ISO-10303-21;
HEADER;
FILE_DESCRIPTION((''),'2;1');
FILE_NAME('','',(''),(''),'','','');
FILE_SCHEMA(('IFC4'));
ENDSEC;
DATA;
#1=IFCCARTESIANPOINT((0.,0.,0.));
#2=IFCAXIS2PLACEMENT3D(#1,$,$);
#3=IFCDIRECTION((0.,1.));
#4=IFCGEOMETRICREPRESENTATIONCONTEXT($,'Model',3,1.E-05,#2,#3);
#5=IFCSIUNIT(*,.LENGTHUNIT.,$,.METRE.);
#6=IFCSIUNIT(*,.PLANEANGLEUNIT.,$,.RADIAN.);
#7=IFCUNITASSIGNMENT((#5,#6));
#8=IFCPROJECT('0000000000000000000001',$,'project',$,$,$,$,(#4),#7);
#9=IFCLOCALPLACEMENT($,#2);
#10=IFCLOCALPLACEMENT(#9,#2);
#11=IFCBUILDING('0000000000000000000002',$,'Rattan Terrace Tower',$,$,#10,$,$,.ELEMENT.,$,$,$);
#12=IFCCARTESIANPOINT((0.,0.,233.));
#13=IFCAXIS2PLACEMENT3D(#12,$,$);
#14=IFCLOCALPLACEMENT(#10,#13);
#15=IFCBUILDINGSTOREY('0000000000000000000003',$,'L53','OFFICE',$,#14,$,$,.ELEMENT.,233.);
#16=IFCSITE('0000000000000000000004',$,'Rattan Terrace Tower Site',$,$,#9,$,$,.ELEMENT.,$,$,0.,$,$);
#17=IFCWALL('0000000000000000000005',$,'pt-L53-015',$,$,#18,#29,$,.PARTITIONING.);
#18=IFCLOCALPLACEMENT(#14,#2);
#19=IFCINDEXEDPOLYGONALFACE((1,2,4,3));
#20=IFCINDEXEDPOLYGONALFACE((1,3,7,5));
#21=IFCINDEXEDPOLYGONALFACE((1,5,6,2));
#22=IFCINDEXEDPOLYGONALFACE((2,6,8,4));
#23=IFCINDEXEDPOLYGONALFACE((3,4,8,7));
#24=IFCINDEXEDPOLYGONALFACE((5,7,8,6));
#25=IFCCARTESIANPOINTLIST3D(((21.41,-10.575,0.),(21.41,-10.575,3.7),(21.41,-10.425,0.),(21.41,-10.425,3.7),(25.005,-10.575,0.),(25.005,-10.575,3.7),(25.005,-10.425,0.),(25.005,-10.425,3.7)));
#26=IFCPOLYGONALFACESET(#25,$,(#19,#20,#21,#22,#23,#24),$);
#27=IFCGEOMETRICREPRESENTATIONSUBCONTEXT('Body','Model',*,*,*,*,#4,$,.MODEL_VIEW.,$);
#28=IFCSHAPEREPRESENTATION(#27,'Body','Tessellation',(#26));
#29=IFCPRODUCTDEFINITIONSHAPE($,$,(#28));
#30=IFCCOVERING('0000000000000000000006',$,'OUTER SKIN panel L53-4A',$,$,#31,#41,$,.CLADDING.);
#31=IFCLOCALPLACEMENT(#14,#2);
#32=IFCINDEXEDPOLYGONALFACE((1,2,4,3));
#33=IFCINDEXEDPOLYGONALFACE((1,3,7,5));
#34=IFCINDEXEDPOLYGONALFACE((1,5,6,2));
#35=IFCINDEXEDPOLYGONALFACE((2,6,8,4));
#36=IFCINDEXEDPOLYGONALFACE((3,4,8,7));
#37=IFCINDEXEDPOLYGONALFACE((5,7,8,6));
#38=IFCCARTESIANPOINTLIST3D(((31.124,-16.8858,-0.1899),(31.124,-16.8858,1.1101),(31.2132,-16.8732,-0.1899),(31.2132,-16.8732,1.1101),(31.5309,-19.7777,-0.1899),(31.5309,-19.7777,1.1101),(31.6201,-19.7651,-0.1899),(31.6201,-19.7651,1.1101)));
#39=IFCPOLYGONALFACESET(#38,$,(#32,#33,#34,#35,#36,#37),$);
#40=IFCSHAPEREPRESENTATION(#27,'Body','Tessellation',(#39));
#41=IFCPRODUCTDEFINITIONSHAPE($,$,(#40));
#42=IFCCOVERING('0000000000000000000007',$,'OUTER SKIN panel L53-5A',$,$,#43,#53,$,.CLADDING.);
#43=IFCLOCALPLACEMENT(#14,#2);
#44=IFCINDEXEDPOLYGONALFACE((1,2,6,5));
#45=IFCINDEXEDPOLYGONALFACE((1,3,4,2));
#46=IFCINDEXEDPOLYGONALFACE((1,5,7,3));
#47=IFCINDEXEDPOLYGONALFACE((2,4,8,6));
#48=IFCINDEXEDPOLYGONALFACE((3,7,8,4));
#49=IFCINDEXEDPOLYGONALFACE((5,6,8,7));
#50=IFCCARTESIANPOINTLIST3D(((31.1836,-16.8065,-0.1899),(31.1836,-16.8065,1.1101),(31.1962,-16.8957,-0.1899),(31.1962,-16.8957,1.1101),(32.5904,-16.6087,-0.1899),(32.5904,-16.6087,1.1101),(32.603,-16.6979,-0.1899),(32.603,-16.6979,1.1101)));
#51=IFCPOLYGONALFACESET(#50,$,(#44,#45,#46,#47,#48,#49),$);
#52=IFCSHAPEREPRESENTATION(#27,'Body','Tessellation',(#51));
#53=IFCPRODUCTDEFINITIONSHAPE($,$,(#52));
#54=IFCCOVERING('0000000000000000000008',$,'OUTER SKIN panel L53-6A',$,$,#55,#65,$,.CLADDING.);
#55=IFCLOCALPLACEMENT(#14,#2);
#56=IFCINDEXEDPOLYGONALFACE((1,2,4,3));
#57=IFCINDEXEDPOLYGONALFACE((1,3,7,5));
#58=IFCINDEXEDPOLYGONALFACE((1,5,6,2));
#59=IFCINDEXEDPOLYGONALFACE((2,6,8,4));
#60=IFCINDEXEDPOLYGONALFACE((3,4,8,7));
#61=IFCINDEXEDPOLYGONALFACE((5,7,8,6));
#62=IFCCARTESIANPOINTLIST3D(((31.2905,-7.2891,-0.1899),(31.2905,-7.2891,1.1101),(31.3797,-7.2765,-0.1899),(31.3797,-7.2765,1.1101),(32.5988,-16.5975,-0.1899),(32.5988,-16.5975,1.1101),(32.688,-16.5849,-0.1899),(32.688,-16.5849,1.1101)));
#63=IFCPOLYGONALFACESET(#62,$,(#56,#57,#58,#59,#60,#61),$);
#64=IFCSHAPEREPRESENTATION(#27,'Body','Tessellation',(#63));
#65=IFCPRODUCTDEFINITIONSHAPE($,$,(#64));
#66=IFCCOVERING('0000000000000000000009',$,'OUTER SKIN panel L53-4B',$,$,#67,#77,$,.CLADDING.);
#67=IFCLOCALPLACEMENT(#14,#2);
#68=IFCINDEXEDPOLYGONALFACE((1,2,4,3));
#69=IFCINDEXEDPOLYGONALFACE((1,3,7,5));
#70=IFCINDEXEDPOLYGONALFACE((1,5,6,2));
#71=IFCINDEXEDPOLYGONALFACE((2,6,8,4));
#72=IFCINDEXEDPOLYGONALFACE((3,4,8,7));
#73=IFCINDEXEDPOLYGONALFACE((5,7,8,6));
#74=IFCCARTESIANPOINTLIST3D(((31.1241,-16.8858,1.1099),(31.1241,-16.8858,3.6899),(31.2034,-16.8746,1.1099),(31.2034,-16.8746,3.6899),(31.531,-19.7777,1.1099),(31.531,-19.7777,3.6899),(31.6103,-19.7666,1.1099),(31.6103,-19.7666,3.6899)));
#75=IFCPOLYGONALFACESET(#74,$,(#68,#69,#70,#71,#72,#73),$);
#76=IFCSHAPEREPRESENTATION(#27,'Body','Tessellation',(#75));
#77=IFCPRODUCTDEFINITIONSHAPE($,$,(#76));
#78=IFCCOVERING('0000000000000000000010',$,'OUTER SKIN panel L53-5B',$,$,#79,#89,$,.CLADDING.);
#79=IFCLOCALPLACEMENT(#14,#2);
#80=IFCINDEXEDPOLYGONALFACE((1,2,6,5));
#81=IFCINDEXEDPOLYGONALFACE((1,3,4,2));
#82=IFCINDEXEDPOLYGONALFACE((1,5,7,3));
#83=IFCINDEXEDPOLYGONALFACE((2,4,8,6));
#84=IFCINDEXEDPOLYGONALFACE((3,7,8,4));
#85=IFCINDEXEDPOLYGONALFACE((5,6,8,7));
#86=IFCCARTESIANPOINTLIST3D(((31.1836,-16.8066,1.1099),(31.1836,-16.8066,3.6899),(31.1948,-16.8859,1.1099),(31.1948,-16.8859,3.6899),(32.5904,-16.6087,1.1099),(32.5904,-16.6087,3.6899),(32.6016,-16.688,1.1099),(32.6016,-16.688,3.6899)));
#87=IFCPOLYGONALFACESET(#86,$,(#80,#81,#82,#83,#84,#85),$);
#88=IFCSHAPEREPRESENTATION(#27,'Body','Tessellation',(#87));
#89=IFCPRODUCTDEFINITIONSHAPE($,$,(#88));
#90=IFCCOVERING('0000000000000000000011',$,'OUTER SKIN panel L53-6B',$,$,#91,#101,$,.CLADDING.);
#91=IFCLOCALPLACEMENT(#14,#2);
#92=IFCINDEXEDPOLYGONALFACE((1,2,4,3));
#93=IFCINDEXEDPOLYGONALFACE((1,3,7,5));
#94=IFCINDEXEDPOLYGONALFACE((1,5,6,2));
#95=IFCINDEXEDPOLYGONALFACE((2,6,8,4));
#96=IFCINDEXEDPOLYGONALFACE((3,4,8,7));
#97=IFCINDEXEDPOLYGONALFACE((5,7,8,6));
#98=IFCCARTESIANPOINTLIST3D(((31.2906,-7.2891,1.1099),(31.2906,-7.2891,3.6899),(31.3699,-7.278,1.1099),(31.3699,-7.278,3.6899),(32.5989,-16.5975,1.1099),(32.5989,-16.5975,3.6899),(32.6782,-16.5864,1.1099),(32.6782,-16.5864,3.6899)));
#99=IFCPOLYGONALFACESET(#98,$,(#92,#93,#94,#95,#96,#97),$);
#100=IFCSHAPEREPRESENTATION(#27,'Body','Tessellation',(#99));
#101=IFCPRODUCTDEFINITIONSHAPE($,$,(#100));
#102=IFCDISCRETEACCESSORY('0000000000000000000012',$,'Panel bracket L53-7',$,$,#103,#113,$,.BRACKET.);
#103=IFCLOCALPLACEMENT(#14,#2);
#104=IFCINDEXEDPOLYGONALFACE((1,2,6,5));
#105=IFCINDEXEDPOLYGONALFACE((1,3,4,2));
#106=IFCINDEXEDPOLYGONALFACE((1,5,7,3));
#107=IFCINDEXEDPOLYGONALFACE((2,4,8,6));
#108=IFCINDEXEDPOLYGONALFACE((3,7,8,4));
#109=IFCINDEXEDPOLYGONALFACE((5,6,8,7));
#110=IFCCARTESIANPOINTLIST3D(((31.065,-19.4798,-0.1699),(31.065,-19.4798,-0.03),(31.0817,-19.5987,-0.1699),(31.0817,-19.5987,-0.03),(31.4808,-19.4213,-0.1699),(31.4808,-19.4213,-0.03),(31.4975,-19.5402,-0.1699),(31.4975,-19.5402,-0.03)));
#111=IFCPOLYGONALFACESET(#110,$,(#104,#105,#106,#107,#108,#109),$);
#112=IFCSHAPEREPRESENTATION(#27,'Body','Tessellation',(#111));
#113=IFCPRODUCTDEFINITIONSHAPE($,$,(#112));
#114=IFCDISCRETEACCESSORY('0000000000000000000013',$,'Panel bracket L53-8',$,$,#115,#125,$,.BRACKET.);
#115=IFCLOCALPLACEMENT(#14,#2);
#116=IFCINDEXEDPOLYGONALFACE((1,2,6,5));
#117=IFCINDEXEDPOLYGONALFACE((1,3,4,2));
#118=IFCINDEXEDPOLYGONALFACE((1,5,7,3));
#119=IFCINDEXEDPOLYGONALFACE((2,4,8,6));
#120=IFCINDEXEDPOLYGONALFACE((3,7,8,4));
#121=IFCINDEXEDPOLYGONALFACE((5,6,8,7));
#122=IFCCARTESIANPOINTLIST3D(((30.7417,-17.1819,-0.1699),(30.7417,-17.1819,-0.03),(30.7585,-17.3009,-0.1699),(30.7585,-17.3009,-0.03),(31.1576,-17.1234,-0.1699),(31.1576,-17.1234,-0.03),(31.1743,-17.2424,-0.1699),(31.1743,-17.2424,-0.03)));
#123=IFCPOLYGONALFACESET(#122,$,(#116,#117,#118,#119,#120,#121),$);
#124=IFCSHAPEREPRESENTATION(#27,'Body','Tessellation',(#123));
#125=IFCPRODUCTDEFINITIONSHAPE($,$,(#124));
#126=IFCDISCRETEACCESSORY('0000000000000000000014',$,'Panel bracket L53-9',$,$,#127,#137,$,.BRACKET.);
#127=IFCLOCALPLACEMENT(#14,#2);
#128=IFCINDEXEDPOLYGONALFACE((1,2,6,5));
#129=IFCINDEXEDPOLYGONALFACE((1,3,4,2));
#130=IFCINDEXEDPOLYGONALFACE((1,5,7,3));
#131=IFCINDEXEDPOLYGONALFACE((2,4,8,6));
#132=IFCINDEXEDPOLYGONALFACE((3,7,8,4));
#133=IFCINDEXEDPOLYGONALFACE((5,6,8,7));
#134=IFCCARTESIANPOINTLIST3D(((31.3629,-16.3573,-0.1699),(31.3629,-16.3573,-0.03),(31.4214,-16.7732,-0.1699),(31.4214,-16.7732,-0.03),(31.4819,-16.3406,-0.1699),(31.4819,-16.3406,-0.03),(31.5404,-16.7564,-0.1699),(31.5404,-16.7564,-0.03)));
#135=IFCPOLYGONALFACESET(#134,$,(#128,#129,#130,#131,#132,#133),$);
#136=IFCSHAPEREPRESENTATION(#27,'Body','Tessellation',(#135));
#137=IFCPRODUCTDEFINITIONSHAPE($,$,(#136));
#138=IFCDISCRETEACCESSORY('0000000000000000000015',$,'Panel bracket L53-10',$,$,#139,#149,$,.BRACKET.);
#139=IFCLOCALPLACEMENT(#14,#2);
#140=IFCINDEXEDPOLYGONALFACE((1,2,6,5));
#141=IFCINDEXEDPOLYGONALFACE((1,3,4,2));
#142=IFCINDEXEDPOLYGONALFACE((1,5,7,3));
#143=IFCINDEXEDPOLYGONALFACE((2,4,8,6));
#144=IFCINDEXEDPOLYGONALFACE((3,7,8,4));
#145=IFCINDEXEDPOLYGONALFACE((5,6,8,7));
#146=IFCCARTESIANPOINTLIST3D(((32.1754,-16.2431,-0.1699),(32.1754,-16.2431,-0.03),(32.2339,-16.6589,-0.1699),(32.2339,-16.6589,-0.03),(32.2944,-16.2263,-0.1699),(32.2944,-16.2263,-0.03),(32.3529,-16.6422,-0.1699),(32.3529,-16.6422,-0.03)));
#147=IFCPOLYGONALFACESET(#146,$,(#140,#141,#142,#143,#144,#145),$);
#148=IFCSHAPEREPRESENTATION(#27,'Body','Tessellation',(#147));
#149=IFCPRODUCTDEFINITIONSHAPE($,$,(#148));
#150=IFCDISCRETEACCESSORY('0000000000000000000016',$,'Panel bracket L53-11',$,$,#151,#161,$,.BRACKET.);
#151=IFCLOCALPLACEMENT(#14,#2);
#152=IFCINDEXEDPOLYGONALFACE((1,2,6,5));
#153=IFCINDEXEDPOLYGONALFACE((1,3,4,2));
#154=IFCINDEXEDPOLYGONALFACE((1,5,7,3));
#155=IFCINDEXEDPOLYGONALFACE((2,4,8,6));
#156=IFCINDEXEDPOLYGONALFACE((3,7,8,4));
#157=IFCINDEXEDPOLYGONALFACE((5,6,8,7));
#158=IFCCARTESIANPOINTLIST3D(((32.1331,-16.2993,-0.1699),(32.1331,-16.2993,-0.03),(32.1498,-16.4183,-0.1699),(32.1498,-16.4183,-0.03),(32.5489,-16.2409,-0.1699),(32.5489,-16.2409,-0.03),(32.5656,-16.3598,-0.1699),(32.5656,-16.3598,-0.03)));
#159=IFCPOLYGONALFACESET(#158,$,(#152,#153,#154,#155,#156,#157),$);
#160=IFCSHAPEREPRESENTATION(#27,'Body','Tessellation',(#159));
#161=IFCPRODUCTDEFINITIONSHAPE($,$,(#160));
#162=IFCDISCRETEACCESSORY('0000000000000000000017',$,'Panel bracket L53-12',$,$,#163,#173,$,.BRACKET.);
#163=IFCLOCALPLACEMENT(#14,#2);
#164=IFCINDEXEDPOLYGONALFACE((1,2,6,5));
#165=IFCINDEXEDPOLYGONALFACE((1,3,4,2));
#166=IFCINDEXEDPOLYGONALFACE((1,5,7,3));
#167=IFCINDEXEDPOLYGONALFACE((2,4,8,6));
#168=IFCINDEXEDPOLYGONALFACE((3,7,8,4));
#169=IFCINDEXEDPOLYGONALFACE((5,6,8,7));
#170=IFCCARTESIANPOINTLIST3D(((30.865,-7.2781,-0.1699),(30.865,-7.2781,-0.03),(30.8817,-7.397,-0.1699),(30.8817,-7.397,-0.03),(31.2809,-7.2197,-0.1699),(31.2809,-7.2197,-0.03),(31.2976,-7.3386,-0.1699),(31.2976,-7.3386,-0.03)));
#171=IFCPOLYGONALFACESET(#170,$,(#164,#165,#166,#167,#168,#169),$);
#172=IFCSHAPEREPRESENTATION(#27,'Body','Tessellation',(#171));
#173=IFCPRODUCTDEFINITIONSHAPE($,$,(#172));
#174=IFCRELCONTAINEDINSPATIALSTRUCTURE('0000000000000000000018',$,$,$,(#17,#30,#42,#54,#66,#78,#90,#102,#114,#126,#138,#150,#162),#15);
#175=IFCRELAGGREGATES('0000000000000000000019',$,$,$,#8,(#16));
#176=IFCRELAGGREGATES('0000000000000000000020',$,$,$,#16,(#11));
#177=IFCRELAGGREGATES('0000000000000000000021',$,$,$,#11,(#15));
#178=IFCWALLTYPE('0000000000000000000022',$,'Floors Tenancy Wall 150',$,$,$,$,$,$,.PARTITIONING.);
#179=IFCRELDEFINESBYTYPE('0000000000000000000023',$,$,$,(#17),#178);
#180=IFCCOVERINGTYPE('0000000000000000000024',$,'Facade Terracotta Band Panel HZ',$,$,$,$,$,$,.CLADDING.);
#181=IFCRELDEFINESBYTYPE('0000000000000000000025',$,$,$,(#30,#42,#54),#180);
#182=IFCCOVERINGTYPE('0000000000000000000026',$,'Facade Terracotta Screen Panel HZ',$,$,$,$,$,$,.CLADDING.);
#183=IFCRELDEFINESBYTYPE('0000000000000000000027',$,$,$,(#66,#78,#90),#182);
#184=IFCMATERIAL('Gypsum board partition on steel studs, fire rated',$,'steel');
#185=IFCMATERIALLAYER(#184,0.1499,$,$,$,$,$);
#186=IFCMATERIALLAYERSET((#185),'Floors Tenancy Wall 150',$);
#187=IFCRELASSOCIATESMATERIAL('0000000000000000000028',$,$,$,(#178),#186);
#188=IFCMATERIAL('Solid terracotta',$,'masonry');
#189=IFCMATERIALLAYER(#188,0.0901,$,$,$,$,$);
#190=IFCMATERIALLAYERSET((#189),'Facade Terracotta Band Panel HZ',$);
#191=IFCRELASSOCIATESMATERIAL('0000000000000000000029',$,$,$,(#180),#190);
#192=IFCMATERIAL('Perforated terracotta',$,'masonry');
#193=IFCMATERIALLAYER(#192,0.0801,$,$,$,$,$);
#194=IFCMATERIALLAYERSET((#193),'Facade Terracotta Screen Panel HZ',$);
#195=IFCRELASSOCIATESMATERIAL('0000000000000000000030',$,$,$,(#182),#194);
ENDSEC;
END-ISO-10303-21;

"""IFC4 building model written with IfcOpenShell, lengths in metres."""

from ifc_helpers import new_model, si_unit, direction, frame, frame_2d, origin, origin_2d, place, context, subcontext, project, spatial, rectangle, extrude, material, layer, layer_set, type_object, element, save


model = new_model("IFC4")

# Units and contexts
model_context = context("Model", 3, precision=1e-05, world=origin(), true_north=direction((0.0, 1.0)))
body_context = subcontext(model_context, "Body", "Model", "MODEL_VIEW")
ifc_project = project(units=[si_unit("LENGTHUNIT", "METRE"), si_unit("PLANEANGLEUNIT", "RADIAN")], contexts=[model_context])

# Site, building, storey
site_placement = place(None, origin())
site = spatial("IfcSite", under=ifc_project, at=site_placement, Name="Rattan Terrace Tower Site", CompositionType="ELEMENT", RefElevation=0.0)
building_placement = place(site_placement, origin())
building = spatial("IfcBuilding", under=site, at=building_placement, Name="Rattan Terrace Tower", CompositionType="ELEMENT")
storey_placement = place(building_placement, frame((0.0, 0.0, 233.0)))
storey = spatial("IfcBuildingStorey", under=building, at=storey_placement, Name="L53", Description="OFFICE", CompositionType="ELEMENT", Elevation=233.0)

# Shared definitions
ifc_material_1 = material(Name="Gypsum board partition on steel studs, fire rated", Category="steel")
ifc_layer_1 = layer(ifc_material_1, 0.1499)
ifc_layer_set_1 = layer_set([ifc_layer_1], Name="Floors Tenancy Wall 150")
wall_type_1 = type_object("IfcWallType", Name="Floors Tenancy Wall 150", PredefinedType="PARTITIONING", material=ifc_layer_set_1)

# Wall
wall_1_placement = place(storey_placement, frame((25.0049, -10.5, 0.0), z_axis=(0.0, 0.0, 1.0), x_axis=(-1.0, 0.0, 0.0)))
element("IfcWall", 1, at=wall_1_placement, inside=storey, type_object=wall_type_1, Name="pt-L53-015", PredefinedType="PARTITIONING", context=body_context, shape_type="SweptSolid", body=[
    extrude(rectangle(XDim=3.595, YDim=0.1499, at=frame_2d((1.7974, 0.0))), origin(), (0.0, 0.0, 1.0), 3.7),
])

# Coverings
ifc_material_2 = material(Name="Solid terracotta", Category="masonry")
ifc_layer_2 = layer(ifc_material_2, 0.0901)
ifc_layer_set_2 = layer_set([ifc_layer_2], Name="Facade Terracotta Band Panel HZ")
covering_type_1 = type_object("IfcCoveringType", Name="Facade Terracotta Band Panel HZ", PredefinedType="CLADDING", material=ifc_layer_set_2)
covering_1_placement = place(storey_placement, frame((31.3721, -18.3254, -0.1899), z_axis=(0.0, 0.0, 1.0), x_axis=(-0.139321, 0.990247, 0.0)))
element("IfcCovering", 2, at=covering_1_placement, inside=storey, type_object=covering_type_1, Name="OUTER SKIN panel L53-4A", PredefinedType="CLADDING", context=body_context, shape_type="SweptSolid", body=[
    extrude(rectangle(XDim=2.9204, YDim=0.0901, at=origin_2d()), origin(), (0.0, 0.0, 1.0), 1.3),
])
covering_2_placement = place(storey_placement, frame((31.8933, -16.7522, -0.1899), z_axis=(0.0, 0.0, 1.0), x_axis=(0.990254, 0.139275, 0.0)))
element("IfcCovering", 3, at=covering_2_placement, inside=storey, type_object=covering_type_1, Name="OUTER SKIN panel L53-5A", PredefinedType="CLADDING", context=body_context, shape_type="SweptSolid", body=[
    extrude(rectangle(XDim=1.4207, YDim=0.0901, at=origin_2d()), origin(), (0.0, 0.0, 1.0), 1.3),
])
covering_3_placement = place(storey_placement, frame((31.9893, -11.937, -0.1899), z_axis=(0.0, 0.0, 1.0), x_axis=(-0.139186, 0.990266, 0.0)))
element("IfcCovering", 4, at=covering_3_placement, inside=storey, type_object=covering_type_1, Name="OUTER SKIN panel L53-6A", PredefinedType="CLADDING", context=body_context, shape_type="SweptSolid", body=[
    extrude(rectangle(XDim=9.3999, YDim=0.0901, at=origin_2d()), origin(), (0.0, 0.0, 1.0), 1.3),
])
ifc_material_3 = material(Name="Perforated terracotta", Category="masonry")
ifc_layer_3 = layer(ifc_material_3, 0.0801)
ifc_layer_set_3 = layer_set([ifc_layer_3], Name="Facade Terracotta Screen Panel HZ")
covering_type_2 = type_object("IfcCoveringType", Name="Facade Terracotta Screen Panel HZ", PredefinedType="CLADDING", material=ifc_layer_set_3)
covering_4_placement = place(storey_placement, frame((31.3672, -18.3262, 1.1099), z_axis=(0.0, 0.0, 1.0), x_axis=(-0.139321, 0.990247, 0.0)))
element("IfcCovering", 5, at=covering_4_placement, inside=storey, type_object=covering_type_2, Name="OUTER SKIN panel L53-4B", PredefinedType="CLADDING", context=body_context, shape_type="SweptSolid", body=[
    extrude(rectangle(XDim=2.9204, YDim=0.0801, at=origin_2d()), origin(), (0.0, 0.0, 1.0), 2.5801),
])
covering_5_placement = place(storey_placement, frame((31.8926, -16.7473, 1.1099), z_axis=(0.0, 0.0, 1.0), x_axis=(0.990254, 0.139275, 0.0)))
element("IfcCovering", 6, at=covering_5_placement, inside=storey, type_object=covering_type_2, Name="OUTER SKIN panel L53-5B", PredefinedType="CLADDING", context=body_context, shape_type="SweptSolid", body=[
    extrude(rectangle(XDim=1.4207, YDim=0.0801, at=origin_2d()), origin(), (0.0, 0.0, 1.0), 2.5801),
])
covering_6_placement = place(storey_placement, frame((31.9844, -11.9377, 1.1099), z_axis=(0.0, 0.0, 1.0), x_axis=(-0.139186, 0.990266, 0.0)))
element("IfcCovering", 7, at=covering_6_placement, inside=storey, type_object=covering_type_2, Name="OUTER SKIN panel L53-6B", PredefinedType="CLADDING", context=body_context, shape_type="SweptSolid", body=[
    extrude(rectangle(XDim=9.3999, YDim=0.0801, at=origin_2d()), origin(), (0.0, 0.0, 1.0), 2.5801),
])

# Discrete accessories
for number, where, z_axis, x_axis, name in (
    (8, (31.2812, -19.51, -0.1699), (0.0, 0.0, 1.0), (-0.139321, 0.990247, 0.0), "Panel bracket L53-7"),
    (9, (30.958, -17.2122, -0.1699), (0.0, 0.0, 1.0), (-0.139321, 0.990247, 0.0), "Panel bracket L53-8"),
    (10, (31.4517, -16.5569, -0.1699), (0.0, 0.0, 1.0), (0.990254, 0.139275, 0.0), "Panel bracket L53-9"),
    (11, (32.2642, -16.4426, -0.1699), (0.0, 0.0, 1.0), (0.990254, 0.139275, 0.0), "Panel bracket L53-10"),
    (12, (32.3494, -16.3296, -0.1699), (0.0, 0.0, 1.0), (-0.139186, 0.990266, 0.0), "Panel bracket L53-11"),
    (13, (31.0813, -7.3083, -0.1699), (0.0, 0.0, 1.0), (-0.139186, 0.990266, 0.0), "Panel bracket L53-12"),
):
    element("IfcDiscreteAccessory", number, at=place(storey_placement, frame(where, z_axis=z_axis, x_axis=x_axis)), inside=storey, Name=name, PredefinedType="BRACKET", context=body_context, shape_type="SweptSolid", body=[
        extrude(rectangle(XDim=0.1201, YDim=0.4199, at=origin_2d()), origin(), (0.0, 0.0, 1.0), 0.1399),
    ])

save(model, "model.ifc")
